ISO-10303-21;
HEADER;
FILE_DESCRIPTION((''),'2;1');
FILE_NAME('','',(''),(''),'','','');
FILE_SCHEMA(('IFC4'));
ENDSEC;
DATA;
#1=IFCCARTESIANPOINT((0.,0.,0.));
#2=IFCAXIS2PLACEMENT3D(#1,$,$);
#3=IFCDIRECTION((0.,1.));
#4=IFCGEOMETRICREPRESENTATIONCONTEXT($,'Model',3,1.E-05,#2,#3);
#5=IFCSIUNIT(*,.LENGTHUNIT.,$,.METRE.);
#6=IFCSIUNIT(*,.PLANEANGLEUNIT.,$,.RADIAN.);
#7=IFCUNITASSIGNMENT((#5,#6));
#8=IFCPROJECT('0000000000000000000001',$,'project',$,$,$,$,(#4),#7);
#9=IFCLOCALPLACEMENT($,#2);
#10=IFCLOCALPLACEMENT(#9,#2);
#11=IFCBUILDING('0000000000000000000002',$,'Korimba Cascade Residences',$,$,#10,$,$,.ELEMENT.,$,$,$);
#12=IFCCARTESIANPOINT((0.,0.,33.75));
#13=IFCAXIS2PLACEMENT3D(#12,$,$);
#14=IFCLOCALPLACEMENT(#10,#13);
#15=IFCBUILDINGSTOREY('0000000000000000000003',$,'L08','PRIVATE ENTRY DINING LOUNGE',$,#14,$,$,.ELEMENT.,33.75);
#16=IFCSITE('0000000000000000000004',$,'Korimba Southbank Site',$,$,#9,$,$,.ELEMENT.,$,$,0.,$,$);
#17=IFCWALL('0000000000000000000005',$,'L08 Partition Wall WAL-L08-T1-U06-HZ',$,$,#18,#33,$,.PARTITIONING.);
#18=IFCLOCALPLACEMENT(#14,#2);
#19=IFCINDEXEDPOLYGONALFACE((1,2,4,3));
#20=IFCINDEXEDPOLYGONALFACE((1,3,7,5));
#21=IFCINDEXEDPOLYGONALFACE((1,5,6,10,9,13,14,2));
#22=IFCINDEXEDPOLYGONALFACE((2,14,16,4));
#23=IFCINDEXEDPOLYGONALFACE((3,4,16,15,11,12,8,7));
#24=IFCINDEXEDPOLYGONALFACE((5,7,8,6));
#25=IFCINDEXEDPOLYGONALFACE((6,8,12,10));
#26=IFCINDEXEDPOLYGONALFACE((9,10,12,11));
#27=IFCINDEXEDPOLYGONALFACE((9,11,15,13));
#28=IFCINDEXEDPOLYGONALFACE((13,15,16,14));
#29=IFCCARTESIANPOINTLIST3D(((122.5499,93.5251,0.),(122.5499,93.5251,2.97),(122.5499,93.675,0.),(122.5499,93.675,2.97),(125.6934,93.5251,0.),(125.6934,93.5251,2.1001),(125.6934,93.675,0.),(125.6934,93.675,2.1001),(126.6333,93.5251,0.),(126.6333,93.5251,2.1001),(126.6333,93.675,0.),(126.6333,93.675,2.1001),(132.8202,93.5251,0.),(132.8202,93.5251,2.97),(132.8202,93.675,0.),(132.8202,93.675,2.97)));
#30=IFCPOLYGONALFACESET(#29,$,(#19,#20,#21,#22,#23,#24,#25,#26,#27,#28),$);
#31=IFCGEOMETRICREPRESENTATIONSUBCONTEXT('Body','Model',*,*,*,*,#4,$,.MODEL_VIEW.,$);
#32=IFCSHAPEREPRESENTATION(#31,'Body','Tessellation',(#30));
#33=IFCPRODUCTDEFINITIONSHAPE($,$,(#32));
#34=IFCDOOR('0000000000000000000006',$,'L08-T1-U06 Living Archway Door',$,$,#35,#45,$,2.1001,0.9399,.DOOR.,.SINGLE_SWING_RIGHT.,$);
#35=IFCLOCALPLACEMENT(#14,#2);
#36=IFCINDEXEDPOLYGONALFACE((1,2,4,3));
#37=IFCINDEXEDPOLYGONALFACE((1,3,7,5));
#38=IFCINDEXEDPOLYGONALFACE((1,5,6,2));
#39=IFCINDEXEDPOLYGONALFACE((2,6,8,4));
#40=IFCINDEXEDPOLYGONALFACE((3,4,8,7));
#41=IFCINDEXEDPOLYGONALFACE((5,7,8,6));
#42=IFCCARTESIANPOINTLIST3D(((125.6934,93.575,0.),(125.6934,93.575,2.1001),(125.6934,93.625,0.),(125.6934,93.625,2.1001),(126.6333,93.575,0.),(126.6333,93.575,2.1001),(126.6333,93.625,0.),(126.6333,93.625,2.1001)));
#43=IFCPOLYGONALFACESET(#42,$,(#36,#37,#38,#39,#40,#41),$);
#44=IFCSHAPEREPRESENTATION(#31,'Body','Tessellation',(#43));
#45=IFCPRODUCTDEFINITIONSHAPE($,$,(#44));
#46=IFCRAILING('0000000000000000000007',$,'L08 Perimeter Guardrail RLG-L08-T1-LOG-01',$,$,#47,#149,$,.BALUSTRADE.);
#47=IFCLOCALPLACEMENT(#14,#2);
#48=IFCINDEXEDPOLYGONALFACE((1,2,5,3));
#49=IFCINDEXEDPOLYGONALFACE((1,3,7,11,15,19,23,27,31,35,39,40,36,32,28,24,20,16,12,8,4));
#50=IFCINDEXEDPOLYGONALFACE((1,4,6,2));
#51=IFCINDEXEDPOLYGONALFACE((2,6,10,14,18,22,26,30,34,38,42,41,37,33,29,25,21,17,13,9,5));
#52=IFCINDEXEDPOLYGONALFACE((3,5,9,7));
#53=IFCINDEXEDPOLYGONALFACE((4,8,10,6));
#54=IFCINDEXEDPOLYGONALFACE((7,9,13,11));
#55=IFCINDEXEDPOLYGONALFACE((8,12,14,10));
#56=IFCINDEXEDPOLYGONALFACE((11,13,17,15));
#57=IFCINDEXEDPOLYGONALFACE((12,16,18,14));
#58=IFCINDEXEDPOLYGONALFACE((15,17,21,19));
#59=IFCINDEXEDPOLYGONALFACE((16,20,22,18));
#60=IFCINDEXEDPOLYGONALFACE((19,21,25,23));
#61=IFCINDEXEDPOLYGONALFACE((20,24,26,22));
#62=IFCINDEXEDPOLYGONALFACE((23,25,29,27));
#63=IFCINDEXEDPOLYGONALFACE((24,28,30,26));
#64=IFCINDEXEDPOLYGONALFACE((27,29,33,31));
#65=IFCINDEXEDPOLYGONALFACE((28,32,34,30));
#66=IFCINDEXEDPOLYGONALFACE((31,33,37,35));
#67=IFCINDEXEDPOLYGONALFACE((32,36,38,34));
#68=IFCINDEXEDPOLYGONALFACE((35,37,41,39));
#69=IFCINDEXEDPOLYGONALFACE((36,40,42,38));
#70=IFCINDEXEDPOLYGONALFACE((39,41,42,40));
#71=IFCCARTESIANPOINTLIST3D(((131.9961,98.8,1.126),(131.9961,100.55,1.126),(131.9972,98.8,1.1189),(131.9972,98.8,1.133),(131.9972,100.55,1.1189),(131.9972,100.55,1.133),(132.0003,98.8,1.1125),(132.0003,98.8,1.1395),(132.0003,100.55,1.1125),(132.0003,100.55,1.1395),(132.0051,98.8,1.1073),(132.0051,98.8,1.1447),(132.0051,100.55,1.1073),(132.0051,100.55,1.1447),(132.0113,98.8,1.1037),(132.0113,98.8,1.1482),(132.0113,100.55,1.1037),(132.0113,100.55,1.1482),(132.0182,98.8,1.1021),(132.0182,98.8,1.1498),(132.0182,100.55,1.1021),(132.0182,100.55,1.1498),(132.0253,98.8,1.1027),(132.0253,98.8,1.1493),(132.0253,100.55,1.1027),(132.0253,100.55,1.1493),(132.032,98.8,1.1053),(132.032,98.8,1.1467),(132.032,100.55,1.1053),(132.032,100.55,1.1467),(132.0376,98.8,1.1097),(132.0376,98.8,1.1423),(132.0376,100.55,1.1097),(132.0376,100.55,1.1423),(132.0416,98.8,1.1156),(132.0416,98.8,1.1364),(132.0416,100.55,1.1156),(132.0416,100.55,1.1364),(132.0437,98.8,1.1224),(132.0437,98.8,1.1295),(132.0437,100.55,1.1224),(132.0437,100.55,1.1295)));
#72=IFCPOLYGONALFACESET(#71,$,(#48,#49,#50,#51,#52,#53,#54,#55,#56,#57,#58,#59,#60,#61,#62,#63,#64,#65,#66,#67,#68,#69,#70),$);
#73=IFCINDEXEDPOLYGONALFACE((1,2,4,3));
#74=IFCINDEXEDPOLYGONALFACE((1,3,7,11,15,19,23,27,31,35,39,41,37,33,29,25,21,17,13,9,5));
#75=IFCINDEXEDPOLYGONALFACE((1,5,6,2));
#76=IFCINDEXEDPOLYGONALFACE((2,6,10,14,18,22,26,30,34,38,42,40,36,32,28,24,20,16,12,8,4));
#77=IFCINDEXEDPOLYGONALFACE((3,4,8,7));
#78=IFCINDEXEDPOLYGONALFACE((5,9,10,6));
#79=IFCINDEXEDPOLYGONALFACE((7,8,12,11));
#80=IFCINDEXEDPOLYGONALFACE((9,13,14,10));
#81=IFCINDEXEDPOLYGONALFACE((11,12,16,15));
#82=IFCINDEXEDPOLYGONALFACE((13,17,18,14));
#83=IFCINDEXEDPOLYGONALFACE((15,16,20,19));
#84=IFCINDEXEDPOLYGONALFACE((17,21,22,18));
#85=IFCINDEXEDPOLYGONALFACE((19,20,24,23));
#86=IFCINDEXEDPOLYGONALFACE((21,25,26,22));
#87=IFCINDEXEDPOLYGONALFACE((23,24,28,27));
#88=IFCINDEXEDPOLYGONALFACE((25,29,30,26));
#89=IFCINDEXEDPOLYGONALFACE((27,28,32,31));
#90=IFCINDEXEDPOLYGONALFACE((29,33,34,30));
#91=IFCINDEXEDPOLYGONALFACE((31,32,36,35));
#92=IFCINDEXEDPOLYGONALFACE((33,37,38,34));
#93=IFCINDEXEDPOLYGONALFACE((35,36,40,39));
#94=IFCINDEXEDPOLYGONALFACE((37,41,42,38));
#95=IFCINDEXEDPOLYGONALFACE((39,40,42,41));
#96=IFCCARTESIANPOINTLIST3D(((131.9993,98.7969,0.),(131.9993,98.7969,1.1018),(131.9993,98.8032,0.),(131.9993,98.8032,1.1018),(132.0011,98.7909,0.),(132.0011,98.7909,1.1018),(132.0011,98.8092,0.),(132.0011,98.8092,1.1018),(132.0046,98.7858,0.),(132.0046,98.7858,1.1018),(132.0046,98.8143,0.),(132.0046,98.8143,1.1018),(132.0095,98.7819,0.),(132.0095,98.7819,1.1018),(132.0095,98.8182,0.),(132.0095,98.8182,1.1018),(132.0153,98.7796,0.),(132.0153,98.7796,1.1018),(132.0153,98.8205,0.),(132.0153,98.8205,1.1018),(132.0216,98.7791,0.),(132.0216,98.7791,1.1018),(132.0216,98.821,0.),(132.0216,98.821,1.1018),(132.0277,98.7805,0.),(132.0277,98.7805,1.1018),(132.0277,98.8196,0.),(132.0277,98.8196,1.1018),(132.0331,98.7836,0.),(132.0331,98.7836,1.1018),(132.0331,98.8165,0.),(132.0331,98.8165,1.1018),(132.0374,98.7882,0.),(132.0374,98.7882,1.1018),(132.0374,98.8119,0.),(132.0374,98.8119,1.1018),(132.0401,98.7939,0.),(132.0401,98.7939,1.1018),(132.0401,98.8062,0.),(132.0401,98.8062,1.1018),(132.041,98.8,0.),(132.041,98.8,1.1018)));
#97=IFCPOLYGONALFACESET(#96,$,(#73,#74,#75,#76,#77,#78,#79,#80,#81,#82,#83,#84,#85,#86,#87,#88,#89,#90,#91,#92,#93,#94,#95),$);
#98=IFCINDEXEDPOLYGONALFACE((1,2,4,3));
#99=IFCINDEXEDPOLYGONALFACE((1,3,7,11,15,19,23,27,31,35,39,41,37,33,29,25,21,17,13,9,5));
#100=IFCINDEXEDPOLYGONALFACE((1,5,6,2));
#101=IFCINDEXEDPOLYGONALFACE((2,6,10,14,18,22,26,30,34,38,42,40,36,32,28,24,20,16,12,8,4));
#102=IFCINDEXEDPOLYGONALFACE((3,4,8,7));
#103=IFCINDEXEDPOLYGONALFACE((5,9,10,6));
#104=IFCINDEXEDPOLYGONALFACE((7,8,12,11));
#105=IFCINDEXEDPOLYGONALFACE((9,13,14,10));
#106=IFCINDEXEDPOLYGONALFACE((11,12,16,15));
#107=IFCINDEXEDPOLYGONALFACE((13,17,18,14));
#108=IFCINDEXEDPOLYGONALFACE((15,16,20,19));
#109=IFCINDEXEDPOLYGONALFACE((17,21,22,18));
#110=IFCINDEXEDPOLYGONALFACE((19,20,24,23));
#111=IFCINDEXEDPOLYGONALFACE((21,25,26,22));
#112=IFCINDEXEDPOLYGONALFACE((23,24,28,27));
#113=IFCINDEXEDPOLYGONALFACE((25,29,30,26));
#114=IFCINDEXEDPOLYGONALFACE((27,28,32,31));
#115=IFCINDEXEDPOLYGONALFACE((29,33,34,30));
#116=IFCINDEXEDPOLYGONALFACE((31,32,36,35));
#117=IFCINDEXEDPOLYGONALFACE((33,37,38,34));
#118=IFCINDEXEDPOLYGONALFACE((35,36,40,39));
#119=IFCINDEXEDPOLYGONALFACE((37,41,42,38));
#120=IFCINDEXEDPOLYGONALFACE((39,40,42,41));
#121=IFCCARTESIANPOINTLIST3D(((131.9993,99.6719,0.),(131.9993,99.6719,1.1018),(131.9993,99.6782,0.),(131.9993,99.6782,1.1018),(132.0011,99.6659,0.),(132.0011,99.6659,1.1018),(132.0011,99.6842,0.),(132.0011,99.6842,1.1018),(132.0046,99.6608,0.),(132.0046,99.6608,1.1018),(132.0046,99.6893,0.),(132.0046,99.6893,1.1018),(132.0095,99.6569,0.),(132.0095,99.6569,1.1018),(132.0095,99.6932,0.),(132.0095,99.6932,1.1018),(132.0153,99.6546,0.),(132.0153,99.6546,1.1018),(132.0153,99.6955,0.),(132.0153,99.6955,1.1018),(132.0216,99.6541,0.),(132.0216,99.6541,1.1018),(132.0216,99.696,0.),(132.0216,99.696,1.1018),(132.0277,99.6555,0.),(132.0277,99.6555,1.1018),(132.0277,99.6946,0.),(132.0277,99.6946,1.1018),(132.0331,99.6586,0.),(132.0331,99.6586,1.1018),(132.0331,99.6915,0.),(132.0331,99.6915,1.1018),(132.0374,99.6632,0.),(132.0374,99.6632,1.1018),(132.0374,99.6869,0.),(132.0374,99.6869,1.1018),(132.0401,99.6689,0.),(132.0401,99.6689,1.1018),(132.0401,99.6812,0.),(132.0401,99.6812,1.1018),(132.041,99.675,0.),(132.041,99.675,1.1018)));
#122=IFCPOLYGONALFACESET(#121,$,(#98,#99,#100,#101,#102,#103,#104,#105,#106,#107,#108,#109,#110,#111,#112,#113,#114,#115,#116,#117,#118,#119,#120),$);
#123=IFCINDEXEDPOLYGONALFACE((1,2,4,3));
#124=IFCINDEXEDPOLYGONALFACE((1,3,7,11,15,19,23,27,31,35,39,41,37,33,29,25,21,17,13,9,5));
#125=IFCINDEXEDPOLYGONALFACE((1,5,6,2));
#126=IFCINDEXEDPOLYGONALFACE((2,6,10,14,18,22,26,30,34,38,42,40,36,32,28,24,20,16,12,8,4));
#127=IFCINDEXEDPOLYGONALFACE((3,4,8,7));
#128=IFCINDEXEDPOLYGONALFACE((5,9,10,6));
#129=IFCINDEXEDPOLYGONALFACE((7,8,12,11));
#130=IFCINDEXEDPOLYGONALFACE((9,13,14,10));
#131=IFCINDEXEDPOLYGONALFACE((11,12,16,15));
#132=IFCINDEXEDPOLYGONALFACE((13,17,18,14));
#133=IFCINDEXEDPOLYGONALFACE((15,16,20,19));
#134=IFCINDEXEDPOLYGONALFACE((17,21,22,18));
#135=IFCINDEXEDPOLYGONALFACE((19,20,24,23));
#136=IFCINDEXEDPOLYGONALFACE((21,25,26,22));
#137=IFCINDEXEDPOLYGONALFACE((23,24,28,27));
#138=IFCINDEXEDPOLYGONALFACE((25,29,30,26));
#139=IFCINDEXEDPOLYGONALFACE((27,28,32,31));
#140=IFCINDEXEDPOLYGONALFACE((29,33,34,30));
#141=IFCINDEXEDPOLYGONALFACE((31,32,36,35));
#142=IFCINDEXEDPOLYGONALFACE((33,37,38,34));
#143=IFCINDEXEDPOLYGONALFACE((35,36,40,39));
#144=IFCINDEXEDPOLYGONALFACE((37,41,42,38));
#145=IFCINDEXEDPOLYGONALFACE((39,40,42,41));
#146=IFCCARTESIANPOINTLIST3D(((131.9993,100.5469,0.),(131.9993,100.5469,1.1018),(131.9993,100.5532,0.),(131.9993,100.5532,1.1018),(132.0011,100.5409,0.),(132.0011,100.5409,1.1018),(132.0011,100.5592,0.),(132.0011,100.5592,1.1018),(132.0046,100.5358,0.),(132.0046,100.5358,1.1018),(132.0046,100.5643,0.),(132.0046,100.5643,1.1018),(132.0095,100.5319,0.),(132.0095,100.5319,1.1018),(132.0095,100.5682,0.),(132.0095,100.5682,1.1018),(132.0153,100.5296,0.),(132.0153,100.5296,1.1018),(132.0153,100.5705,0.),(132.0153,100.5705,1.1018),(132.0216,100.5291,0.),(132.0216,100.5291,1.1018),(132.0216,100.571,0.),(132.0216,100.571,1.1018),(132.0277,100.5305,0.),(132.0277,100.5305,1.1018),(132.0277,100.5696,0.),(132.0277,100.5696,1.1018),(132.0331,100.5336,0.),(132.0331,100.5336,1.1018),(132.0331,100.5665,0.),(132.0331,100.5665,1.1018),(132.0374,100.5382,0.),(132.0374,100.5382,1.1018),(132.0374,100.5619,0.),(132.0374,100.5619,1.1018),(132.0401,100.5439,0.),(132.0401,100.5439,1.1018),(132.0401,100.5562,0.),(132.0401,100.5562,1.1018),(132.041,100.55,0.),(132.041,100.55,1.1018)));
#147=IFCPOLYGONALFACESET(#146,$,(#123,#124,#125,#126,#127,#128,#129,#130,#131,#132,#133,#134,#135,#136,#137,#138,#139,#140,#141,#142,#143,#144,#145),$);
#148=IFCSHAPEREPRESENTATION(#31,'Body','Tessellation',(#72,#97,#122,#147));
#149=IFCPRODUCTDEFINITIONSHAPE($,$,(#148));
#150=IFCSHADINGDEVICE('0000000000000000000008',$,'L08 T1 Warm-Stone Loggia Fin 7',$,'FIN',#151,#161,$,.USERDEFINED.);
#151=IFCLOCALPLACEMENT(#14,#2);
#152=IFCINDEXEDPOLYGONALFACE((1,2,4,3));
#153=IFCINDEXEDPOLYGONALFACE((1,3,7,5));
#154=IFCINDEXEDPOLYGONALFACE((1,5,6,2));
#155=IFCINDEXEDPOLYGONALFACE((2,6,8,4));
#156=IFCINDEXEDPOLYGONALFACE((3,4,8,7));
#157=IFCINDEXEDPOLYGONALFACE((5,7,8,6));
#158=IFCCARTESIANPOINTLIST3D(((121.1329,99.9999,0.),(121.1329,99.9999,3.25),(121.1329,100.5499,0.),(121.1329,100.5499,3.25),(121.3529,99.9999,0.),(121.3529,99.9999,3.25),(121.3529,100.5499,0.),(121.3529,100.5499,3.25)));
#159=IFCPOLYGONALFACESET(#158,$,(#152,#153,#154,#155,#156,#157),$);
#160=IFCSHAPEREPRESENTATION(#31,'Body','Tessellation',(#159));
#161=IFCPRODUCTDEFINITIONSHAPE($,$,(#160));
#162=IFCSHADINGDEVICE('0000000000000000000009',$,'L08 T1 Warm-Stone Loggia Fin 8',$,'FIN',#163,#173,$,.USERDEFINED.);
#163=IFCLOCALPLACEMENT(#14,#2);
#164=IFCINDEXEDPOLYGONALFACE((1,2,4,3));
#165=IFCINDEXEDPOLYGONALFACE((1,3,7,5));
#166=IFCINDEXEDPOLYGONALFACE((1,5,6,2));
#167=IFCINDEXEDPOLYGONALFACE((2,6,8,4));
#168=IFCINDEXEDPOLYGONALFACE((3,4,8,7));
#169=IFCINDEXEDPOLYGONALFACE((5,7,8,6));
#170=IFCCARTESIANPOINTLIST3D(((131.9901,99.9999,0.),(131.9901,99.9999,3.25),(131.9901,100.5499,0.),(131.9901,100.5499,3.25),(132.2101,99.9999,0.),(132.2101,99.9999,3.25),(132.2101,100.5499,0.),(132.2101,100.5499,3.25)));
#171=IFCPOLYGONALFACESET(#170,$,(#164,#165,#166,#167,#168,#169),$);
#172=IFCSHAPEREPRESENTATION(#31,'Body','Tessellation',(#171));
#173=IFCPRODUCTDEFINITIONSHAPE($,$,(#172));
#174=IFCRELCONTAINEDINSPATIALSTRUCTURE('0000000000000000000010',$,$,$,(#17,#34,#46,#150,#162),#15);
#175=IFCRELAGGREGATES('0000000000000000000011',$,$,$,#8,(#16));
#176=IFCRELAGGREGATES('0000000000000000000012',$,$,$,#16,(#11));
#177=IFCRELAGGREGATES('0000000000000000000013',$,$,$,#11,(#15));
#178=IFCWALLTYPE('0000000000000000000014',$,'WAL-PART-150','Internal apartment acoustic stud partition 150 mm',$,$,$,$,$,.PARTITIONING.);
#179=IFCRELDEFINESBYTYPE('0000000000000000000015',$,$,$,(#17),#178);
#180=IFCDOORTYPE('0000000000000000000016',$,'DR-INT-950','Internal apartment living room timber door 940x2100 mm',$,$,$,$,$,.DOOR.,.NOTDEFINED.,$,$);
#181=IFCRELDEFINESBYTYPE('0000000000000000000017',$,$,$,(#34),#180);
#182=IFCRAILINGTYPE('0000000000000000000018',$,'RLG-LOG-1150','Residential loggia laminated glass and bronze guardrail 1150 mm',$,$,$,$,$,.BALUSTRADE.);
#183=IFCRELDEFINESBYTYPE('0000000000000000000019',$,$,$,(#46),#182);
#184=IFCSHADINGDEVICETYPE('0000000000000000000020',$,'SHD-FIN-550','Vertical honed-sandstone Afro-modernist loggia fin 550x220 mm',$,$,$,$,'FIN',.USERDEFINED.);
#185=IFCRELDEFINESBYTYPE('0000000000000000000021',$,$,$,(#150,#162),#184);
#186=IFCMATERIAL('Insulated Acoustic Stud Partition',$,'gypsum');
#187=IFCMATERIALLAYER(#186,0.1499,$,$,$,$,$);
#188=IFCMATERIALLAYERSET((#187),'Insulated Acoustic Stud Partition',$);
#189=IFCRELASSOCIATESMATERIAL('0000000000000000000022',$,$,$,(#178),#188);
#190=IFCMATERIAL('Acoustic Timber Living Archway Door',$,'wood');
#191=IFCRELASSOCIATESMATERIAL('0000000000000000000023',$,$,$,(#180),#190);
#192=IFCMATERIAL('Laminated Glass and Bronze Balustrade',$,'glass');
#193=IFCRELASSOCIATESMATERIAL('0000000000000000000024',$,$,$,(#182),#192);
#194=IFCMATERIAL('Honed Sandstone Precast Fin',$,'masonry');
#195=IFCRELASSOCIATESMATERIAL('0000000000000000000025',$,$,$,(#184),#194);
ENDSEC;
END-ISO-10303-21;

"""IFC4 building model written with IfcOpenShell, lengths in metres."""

from ifc_helpers import new_model, si_unit, direction, frame, frame_2d, origin, origin_2d, place, context, subcontext, project, spatial, rectangle, circle, extrude, material, layer, layer_set, type_object, element, fill, save


model = new_model("IFC4")

# Units and contexts
model_context = context("Model", 3, precision=1e-05, world=origin(), true_north=direction((0.0, 1.0)))
body_context = subcontext(model_context, "Body", "Model", "MODEL_VIEW")
ifc_project = project(units=[si_unit("LENGTHUNIT", "METRE"), si_unit("PLANEANGLEUNIT", "RADIAN")], contexts=[model_context])

# Site, building, storey
site_placement = place(None, origin())
site = spatial("IfcSite", under=ifc_project, at=site_placement, Name="Korimba Southbank Site", CompositionType="ELEMENT", RefElevation=0.0)
building_placement = place(site_placement, origin())
building = spatial("IfcBuilding", under=site, at=building_placement, Name="Korimba Cascade Residences", CompositionType="ELEMENT")
storey_placement = place(building_placement, frame((0.0, 0.0, 33.75)))
storey = spatial("IfcBuildingStorey", under=building, at=storey_placement, Name="L08", Description="PRIVATE ENTRY DINING LOUNGE", CompositionType="ELEMENT", Elevation=33.75)

# Shared definitions
ifc_material_1 = material(Name="Insulated Acoustic Stud Partition", Category="gypsum")
ifc_layer_1 = layer(ifc_material_1, 0.1499)
ifc_layer_set_1 = layer_set([ifc_layer_1], Name="Insulated Acoustic Stud Partition")
wall_type_1 = type_object("IfcWallType", Name="WAL-PART-150", Description="Internal apartment acoustic stud partition 150 mm", PredefinedType="PARTITIONING", material=ifc_layer_set_1)

# Wall, opening, door
wall_1_placement = place(storey_placement, frame((122.5498, 93.6001, 0.0), z_axis=(0.0, 0.0, 1.0), x_axis=(1.0, 0.0, 0.0)))
wall_1 = element("IfcWall", 1, at=wall_1_placement, inside=storey, type_object=wall_type_1, Name="L08 Partition Wall WAL-L08-T1-U06-HZ", PredefinedType="PARTITIONING", context=body_context, shape_type="SweptSolid", body=[
    extrude(rectangle(XDim=10.2703, YDim=0.1499, at=frame_2d((5.1353, 0.0))), origin(), (0.0, 0.0, 1.0), 2.97),
])
opening_1_placement = place(wall_1_placement, frame((3.1436, 0.0, 0.0)))
opening_1 = element("IfcOpeningElement", 2, at=opening_1_placement, cuts=wall_1, PredefinedType="OPENING", context=body_context, shape_type="SweptSolid", body=[
    extrude(rectangle(XDim=0.9399, YDim=2.1001, at=frame_2d((0.47, 1.05))), frame((0.0, 0.085, 0.0), z_axis=(0.0, -1.0, 0.0), x_axis=(1.0, 0.0, 0.0)), (0.0, 0.0, 1.0), 0.1699),
])
ifc_material_2 = material(Name="Acoustic Timber Living Archway Door", Category="wood")
door_type_1 = type_object("IfcDoorType", Name="DR-INT-950", Description="Internal apartment living room timber door 940x2100 mm", OperationType="NOTDEFINED", PredefinedType="DOOR", material=ifc_material_2)
door_1_placement = place(opening_1_placement, origin())
door_1 = element("IfcDoor", 3, at=door_1_placement, inside=storey, type_object=door_type_1, Name="L08-T1-U06 Living Archway Door", OperationType="SINGLE_SWING_RIGHT", OverallHeight=2.1001, OverallWidth=0.9399, PredefinedType="DOOR", context=body_context, shape_type="SweptSolid", body=[
    extrude(rectangle(XDim=0.9399, YDim=2.1001, at=frame_2d((0.47, 1.05))), frame((0.0, 0.0249, 0.0), z_axis=(0.0, -1.0, 0.0), x_axis=(1.0, 0.0, 0.0)), (0.0, 0.0, 1.0), 0.05),
])
fill(opening_1, door_1)

# Railing
ifc_material_3 = material(Name="Laminated Glass and Bronze Balustrade", Category="glass")
railing_type = type_object("IfcRailingType", Name="RLG-LOG-1150", Description="Residential loggia laminated glass and bronze guardrail 1150 mm", PredefinedType="BALUSTRADE", material=ifc_material_3)
railing_placement = place(storey_placement, frame((132.02, 98.8, 0.0)))
element("IfcRailing", 4, at=railing_placement, inside=storey, type_object=railing_type, Name="L08 Perimeter Guardrail RLG-L08-T1-LOG-01", PredefinedType="BALUSTRADE", context=body_context, shape_type="SweptSolid", body=[
    extrude(circle(Radius=0.0239, at=origin_2d()), frame((0.0, 0.0, 1.126), z_axis=(0.0, 1.0, 0.0), x_axis=(-1.0, 0.0, 0.0)), (0.0, 0.0, 1.0), 1.75),
    extrude(circle(Radius=0.021, at=origin_2d()), origin(), (0.0, 0.0, 1.0), 1.1018),
    extrude(circle(Radius=0.021, at=origin_2d()), frame((0.0, 0.875, 0.0)), (0.0, 0.0, 1.0), 1.1018),
    extrude(circle(Radius=0.021, at=origin_2d()), frame((0.0, 1.75, 0.0)), (0.0, 0.0, 1.0), 1.1018),
])

# Shading devices
ifc_material_4 = material(Name="Honed Sandstone Precast Fin", Category="masonry")
shading_device_type = type_object("IfcShadingDeviceType", Name="SHD-FIN-550", Description="Vertical honed-sandstone Afro-modernist loggia fin 550x220 mm", ElementType="FIN", PredefinedType="USERDEFINED", material=ifc_material_4)
for number, where, z_axis, x_axis, name in (
    (5, (121.2429, 100.2749, 0.0), (0.0, 0.0, 1.0), (1.0, 0.0, 0.0), "L08 T1 Warm-Stone Loggia Fin 7"),
    (6, (132.1001, 100.2749, 0.0), (0.0, 0.0, 1.0), (1.0, 0.0, 0.0), "L08 T1 Warm-Stone Loggia Fin 8"),
):
    element("IfcShadingDevice", number, at=place(storey_placement, frame(where, z_axis=z_axis, x_axis=x_axis)), inside=storey, type_object=shading_device_type, Name=name, ObjectType="FIN", PredefinedType="USERDEFINED", context=body_context, shape_type="SweptSolid", body=[
        extrude(rectangle(XDim=0.22, YDim=0.55, at=origin_2d()), origin(), (0.0, 0.0, 1.0), 3.25),
    ])

save(model, "model.ifc")
